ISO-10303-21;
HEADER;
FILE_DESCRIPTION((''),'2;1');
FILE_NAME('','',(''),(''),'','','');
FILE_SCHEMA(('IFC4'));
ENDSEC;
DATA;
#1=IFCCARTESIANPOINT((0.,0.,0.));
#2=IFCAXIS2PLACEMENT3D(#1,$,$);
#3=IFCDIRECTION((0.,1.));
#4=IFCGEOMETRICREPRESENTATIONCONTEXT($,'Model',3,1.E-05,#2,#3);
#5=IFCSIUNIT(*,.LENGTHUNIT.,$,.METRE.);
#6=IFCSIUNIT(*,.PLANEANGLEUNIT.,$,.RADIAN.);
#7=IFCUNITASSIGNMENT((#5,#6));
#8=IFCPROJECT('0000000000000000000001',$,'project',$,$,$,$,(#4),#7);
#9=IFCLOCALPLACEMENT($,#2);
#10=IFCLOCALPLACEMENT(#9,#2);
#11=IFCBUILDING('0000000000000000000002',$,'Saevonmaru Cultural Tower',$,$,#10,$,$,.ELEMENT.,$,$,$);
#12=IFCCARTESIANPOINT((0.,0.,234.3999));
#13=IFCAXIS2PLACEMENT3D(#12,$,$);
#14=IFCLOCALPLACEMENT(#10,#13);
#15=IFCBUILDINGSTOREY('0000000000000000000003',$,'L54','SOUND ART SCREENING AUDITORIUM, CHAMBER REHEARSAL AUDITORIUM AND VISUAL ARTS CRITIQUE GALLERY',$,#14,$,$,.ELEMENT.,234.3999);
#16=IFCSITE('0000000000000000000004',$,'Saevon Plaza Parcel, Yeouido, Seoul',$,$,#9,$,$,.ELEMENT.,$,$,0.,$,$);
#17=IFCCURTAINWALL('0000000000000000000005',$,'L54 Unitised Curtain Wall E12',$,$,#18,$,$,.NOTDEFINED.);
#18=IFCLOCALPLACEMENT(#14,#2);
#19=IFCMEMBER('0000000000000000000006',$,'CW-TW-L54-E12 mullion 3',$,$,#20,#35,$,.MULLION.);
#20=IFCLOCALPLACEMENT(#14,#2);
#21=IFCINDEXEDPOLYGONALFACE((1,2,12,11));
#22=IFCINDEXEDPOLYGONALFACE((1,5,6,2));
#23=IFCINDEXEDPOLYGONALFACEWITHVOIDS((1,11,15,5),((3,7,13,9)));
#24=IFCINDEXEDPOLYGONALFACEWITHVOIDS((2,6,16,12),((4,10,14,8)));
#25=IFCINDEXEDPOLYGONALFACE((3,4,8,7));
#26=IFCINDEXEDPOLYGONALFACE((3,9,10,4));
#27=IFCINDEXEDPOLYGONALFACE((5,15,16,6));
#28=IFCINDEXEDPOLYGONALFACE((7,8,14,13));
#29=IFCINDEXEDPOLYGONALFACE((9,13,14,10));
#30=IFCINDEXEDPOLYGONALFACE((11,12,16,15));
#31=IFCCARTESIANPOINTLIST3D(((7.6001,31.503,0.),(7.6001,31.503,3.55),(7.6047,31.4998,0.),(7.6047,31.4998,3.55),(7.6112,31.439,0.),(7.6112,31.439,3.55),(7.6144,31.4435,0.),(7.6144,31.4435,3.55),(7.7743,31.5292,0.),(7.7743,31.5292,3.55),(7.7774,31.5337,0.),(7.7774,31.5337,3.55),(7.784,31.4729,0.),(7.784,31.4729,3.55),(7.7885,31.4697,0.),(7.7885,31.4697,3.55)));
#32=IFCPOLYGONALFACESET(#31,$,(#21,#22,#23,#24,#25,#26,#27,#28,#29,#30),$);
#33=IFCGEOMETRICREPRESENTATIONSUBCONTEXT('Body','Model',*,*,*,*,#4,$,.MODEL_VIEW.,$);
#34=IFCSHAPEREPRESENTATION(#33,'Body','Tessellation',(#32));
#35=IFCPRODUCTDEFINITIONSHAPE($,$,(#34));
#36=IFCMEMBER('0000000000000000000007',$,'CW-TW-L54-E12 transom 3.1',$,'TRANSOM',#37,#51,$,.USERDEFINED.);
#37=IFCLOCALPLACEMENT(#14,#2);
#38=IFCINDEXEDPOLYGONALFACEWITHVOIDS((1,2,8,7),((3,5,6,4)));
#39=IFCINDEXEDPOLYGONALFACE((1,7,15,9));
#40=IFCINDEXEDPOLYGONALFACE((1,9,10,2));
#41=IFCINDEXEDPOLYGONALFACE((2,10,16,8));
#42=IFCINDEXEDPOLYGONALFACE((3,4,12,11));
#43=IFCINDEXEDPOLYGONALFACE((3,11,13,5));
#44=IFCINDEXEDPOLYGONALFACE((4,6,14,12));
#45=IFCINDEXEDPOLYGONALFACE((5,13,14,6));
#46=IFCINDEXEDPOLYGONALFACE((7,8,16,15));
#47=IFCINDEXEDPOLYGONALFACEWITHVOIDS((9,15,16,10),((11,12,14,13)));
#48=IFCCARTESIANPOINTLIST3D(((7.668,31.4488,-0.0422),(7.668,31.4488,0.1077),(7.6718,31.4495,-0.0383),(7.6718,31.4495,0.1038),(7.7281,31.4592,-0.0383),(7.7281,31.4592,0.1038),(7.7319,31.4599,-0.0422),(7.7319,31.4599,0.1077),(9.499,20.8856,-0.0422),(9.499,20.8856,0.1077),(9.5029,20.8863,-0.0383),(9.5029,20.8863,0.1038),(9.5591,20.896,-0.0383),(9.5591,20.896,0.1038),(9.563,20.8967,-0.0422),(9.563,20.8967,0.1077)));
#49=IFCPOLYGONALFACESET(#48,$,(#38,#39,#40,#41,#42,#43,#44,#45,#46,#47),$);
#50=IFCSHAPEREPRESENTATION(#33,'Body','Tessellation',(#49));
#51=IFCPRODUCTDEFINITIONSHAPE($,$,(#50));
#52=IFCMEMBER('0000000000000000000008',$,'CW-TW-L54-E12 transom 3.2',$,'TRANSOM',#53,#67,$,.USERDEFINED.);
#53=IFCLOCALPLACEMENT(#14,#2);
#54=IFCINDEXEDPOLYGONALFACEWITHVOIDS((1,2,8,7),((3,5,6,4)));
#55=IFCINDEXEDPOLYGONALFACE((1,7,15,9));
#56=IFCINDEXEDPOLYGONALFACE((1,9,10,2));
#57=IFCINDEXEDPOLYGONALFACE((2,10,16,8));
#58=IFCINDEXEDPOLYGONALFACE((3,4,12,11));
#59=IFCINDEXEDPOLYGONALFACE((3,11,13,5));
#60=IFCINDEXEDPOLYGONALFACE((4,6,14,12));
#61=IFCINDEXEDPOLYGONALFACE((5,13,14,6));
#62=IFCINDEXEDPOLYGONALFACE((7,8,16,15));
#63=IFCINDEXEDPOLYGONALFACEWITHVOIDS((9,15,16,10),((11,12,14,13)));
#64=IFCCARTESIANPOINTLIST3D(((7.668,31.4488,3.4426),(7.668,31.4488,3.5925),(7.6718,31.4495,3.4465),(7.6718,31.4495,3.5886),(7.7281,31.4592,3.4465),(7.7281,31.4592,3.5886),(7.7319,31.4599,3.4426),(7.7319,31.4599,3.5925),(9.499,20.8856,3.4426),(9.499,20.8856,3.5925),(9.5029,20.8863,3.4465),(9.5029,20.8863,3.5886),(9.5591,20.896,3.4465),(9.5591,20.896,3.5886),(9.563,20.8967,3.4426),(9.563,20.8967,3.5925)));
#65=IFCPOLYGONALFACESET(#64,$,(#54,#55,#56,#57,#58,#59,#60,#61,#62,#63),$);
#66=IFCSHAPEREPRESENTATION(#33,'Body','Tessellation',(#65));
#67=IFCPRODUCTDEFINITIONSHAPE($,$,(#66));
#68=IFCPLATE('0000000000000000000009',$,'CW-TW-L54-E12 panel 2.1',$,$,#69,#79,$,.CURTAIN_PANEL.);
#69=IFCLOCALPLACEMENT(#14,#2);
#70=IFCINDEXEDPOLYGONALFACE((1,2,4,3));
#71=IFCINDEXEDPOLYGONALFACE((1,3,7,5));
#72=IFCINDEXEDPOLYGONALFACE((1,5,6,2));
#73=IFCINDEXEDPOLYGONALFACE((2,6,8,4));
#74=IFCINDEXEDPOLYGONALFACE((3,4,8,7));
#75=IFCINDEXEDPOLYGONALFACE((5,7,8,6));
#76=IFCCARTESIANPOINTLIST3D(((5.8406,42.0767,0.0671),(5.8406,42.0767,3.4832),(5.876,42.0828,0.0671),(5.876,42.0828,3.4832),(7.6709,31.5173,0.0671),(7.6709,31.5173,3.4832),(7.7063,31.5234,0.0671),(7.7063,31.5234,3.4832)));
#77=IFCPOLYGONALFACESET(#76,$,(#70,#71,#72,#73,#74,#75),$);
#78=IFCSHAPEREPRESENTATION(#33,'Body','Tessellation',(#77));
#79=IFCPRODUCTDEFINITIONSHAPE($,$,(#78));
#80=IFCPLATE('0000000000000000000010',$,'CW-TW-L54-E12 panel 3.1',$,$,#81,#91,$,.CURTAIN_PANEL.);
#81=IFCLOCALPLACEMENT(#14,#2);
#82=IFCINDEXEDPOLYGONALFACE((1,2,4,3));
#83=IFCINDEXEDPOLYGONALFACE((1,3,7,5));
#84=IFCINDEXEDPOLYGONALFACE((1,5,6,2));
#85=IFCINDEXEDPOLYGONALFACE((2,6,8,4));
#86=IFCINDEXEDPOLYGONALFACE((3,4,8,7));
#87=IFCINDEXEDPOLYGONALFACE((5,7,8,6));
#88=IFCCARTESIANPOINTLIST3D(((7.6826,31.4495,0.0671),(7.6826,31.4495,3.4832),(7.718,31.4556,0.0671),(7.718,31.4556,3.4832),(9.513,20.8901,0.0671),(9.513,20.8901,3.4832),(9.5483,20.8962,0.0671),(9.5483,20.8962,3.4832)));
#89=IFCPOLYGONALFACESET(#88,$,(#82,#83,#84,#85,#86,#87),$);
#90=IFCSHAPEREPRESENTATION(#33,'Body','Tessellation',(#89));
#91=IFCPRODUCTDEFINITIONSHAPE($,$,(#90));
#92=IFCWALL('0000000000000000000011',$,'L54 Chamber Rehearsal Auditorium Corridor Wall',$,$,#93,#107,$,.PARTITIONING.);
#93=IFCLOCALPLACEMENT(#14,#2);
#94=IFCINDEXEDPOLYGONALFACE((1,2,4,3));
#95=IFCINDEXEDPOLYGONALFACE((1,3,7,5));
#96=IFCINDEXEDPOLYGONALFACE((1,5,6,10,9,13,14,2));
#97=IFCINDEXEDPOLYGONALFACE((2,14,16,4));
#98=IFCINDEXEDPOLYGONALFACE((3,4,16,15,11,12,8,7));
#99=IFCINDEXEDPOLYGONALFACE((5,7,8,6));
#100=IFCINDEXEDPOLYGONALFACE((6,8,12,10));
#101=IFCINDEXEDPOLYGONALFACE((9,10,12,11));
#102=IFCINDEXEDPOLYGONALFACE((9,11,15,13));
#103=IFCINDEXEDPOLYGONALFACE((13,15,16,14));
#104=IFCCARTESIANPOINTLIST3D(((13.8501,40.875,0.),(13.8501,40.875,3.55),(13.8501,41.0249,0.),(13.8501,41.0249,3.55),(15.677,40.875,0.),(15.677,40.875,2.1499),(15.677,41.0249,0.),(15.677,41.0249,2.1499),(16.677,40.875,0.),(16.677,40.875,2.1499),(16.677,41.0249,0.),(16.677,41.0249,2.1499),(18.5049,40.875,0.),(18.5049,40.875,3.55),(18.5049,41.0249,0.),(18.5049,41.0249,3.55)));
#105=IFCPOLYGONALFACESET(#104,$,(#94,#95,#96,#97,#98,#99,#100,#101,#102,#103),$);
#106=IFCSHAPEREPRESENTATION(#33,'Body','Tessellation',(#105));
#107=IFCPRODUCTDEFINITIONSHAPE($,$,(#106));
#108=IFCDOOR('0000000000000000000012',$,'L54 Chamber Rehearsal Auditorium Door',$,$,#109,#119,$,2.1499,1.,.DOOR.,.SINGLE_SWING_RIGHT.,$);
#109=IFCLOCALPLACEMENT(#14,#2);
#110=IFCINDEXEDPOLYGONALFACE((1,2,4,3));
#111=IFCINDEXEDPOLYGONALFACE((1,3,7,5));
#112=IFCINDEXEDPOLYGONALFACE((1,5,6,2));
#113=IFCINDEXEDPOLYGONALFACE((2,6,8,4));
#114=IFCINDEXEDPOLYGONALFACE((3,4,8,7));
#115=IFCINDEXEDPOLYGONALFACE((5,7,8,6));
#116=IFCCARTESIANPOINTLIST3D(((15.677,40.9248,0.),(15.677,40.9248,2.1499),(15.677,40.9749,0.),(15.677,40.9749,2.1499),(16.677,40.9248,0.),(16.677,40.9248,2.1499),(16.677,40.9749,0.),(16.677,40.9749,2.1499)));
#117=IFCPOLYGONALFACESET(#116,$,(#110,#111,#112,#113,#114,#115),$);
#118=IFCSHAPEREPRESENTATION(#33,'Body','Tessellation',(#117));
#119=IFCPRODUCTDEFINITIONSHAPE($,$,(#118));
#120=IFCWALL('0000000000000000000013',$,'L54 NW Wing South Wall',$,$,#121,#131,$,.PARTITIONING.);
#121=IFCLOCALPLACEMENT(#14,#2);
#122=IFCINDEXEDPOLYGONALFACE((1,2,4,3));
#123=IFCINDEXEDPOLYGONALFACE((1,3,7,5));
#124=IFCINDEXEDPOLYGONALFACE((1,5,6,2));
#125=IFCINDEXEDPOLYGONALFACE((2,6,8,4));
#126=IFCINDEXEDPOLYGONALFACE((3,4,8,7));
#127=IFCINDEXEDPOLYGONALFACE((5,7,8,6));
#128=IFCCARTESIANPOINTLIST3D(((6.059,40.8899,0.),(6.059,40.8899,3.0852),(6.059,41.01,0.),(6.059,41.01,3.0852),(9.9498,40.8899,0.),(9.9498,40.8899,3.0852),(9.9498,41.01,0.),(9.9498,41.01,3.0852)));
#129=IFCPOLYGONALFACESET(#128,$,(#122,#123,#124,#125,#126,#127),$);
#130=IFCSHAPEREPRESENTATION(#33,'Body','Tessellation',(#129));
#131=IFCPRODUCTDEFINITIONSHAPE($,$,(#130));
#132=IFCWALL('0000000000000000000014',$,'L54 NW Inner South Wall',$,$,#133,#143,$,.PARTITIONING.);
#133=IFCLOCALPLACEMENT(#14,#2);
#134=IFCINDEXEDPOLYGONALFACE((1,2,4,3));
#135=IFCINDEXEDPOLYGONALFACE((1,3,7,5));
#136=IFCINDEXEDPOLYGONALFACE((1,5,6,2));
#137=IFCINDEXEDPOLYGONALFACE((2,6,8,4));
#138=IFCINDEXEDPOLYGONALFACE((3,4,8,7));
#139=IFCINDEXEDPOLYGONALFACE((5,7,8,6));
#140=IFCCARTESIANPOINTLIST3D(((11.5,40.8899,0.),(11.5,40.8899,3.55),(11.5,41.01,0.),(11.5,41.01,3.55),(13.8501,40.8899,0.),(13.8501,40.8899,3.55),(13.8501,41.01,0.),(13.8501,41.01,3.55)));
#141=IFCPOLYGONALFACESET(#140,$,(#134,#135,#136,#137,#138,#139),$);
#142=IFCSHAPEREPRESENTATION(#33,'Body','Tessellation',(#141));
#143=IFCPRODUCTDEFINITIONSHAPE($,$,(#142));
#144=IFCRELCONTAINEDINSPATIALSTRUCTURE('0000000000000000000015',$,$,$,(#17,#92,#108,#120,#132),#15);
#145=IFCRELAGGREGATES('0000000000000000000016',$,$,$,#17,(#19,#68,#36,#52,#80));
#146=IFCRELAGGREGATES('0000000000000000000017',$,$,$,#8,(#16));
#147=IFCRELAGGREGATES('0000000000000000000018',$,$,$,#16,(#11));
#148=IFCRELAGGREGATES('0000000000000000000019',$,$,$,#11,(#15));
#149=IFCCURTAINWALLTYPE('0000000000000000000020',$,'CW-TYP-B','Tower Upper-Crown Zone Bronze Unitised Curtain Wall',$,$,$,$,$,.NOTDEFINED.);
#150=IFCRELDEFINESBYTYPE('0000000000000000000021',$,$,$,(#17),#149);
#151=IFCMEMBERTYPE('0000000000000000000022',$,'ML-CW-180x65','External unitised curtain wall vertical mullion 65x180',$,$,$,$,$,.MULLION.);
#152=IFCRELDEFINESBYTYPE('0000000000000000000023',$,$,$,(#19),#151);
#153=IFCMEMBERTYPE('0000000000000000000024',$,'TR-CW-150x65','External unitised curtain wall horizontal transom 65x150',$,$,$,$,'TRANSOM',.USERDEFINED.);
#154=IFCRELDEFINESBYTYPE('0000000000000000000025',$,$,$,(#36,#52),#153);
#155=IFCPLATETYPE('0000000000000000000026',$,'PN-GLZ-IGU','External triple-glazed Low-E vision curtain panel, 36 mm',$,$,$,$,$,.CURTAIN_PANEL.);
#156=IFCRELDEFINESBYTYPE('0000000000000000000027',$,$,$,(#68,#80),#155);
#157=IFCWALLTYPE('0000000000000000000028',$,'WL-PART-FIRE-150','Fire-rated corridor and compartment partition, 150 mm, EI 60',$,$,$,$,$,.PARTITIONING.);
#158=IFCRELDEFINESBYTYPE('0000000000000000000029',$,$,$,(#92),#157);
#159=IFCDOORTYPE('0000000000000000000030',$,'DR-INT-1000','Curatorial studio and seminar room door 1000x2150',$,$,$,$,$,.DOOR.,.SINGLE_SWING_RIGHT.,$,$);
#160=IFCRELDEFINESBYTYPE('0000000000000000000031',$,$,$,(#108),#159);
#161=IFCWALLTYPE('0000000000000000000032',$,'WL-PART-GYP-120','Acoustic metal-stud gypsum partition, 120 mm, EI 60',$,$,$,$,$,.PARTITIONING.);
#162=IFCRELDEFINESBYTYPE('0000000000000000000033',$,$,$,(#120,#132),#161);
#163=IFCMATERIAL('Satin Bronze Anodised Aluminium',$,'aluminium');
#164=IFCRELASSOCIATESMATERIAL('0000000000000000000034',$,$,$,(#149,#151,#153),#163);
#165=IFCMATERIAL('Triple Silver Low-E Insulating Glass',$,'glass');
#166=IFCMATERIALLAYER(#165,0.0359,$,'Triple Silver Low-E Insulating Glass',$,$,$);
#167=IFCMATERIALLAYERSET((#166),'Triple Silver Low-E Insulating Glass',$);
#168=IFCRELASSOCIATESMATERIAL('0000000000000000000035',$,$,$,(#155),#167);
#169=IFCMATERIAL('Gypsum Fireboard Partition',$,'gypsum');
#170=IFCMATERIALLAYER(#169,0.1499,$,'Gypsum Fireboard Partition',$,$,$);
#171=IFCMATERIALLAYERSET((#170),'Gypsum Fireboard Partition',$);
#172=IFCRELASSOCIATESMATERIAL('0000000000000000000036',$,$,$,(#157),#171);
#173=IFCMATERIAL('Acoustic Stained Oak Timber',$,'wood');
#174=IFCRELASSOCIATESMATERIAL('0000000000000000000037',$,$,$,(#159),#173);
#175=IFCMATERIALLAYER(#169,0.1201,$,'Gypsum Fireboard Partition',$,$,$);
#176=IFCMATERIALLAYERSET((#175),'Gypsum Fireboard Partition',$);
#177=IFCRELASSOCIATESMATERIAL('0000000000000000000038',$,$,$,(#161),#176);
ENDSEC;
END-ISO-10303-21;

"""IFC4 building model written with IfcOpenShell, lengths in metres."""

from ifc_helpers import new_model, si_unit, direction, frame, frame_2d, origin, origin_2d, place, context, subcontext, project, spatial, rectangle, hollow_rectangle, extrude, material, layer, layer_set, material_profile, profile_set, type_object, element, fill, aggregate, save


model = new_model("IFC4")

# Units and contexts
model_context = context("Model", 3, precision=1e-05, world=origin(), true_north=direction((0.0, 1.0)))
body_context = subcontext(model_context, "Body", "Model", "MODEL_VIEW")
ifc_project = project(units=[si_unit("LENGTHUNIT", "METRE"), si_unit("PLANEANGLEUNIT", "RADIAN")], contexts=[model_context])

# Site, building, storey
site_placement = place(None, origin())
site = spatial("IfcSite", under=ifc_project, at=site_placement, Name="Saevon Plaza Parcel, Yeouido, Seoul", CompositionType="ELEMENT", RefElevation=0.0)
building_placement = place(site_placement, origin())
building = spatial("IfcBuilding", under=site, at=building_placement, Name="Saevonmaru Cultural Tower", CompositionType="ELEMENT")
storey_placement = place(building_placement, frame((0.0, 0.0, 234.3999)))
storey = spatial("IfcBuildingStorey", under=building, at=storey_placement, Name="L54", Description="SOUND ART SCREENING AUDITORIUM, CHAMBER REHEARSAL AUDITORIUM AND VISUAL ARTS CRITIQUE GALLERY", CompositionType="ELEMENT", Elevation=234.3999)

# Curtain wall, members, plates
ifc_material_1 = material(Name="Satin Bronze Anodised Aluminium", Category="aluminium")
curtain_wall_type = type_object("IfcCurtainWallType", Name="CW-TYP-B", Description="Tower Upper-Crown Zone Bronze Unitised Curtain Wall", PredefinedType="NOTDEFINED", material=ifc_material_1)
curtain_wall_placement = place(storey_placement, origin())
curtain_wall = element("IfcCurtainWall", 1, at=curtain_wall_placement, inside=storey, type_object=curtain_wall_type, Name="L54 Unitised Curtain Wall E12", PredefinedType="NOTDEFINED")
ifc_material_profile_1 = material_profile(ifc_material_1, hollow_rectangle(XDim=0.0649, YDim=0.1799, WallThickness=0.0039, at=origin_2d()), Name="ALU-MULL-180x65x4")
ifc_profile_set_1 = profile_set([ifc_material_profile_1], Name="Satin Bronze Anodised Aluminium")
member_type_1 = type_object("IfcMemberType", Name="ML-CW-180x65", Description="External unitised curtain wall vertical mullion 65x180", PredefinedType="MULLION", material=ifc_profile_set_1)
member_1_placement = place(storey_placement, frame((7.6943, 31.4863, 0.0), z_axis=(0.0, 0.0, 1.0), x_axis=(0.17079, -0.985307, 0.0)))
member_1 = element("IfcMember", 2, at=member_1_placement, type_object=member_type_1, Name="CW-TW-L54-E12 mullion 3", PredefinedType="MULLION", context=body_context, shape_type="SweptSolid", body=[
    extrude(hollow_rectangle(XDim=0.0649, YDim=0.1799, WallThickness=0.0039, at=origin_2d()), origin(), (0.0, 0.0, 1.0), 3.55),
])
ifc_material_profile_2 = material_profile(ifc_material_1, hollow_rectangle(XDim=0.0649, YDim=0.1499, WallThickness=0.0039, at=origin_2d()), Name="ALU-TRAN-150x65x4")
ifc_profile_set_2 = profile_set([ifc_material_profile_2], Name="Satin Bronze Anodised Aluminium")
member_type_2 = type_object("IfcMemberType", Name="TR-CW-150x65", Description="External unitised curtain wall horizontal transom 65x150", ElementType="TRANSOM", PredefinedType="USERDEFINED", material=ifc_profile_set_2)
member_2_placement = place(storey_placement, frame((7.7, 31.4543, 0.0327), z_axis=(0.170795, -0.985307, 0.0), x_axis=(0.985307, 0.170795, 0.0)))
member_2 = element("IfcMember", 3, at=member_2_placement, type_object=member_type_2, Name="CW-TW-L54-E12 transom 3.1", ObjectType="TRANSOM", PredefinedType="USERDEFINED", context=body_context, shape_type="SweptSolid", body=[
    extrude(hollow_rectangle(XDim=0.0649, YDim=0.1499, WallThickness=0.0039, at=origin_2d()), origin(), (0.0, 0.0, 1.0), 10.7207),
])
member_3_placement = place(storey_placement, frame((7.7, 31.4543, 3.5176), z_axis=(0.170795, -0.985307, 0.0), x_axis=(0.985307, 0.170795, 0.0)))
member_3 = element("IfcMember", 4, at=member_3_placement, type_object=member_type_2, Name="CW-TW-L54-E12 transom 3.2", ObjectType="TRANSOM", PredefinedType="USERDEFINED", context=body_context, shape_type="SweptSolid", body=[
    extrude(hollow_rectangle(XDim=0.0649, YDim=0.1499, WallThickness=0.0039, at=origin_2d()), origin(), (0.0, 0.0, 1.0), 10.7207),
])
ifc_material_2 = material(Name="Triple Silver Low-E Insulating Glass", Category="glass")
ifc_layer_1 = layer(ifc_material_2, 0.0359, Name="Triple Silver Low-E Insulating Glass")
ifc_layer_set_1 = layer_set([ifc_layer_1], Name="Triple Silver Low-E Insulating Glass")
plate_type = type_object("IfcPlateType", Name="PN-GLZ-IGU", Description="External triple-glazed Low-E vision curtain panel, 36 mm", PredefinedType="CURTAIN_PANEL", material=ifc_layer_set_1)
plate_1_placement = place(storey_placement, frame((6.7734, 36.8, 0.0671), z_axis=(0.0, 0.0, 1.0), x_axis=(0.17079, -0.985307, 0.0)))
plate_1 = element("IfcPlate", 5, at=plate_1_placement, type_object=plate_type, Name="CW-TW-L54-E12 panel 2.1", PredefinedType="CURTAIN_PANEL", context=body_context, shape_type="SweptSolid", body=[
    extrude(rectangle(XDim=10.7168, YDim=0.0359, at=origin_2d()), origin(), (0.0, 0.0, 1.0), 3.416),
])
plate_2_placement = place(storey_placement, frame((8.6155, 26.1729, 0.0671), z_axis=(0.0, 0.0, 1.0), x_axis=(0.17079, -0.985307, 0.0)))
plate_2 = element("IfcPlate", 6, at=plate_2_placement, type_object=plate_type, Name="CW-TW-L54-E12 panel 3.1", PredefinedType="CURTAIN_PANEL", context=body_context, shape_type="SweptSolid", body=[
    extrude(rectangle(XDim=10.7168, YDim=0.0359, at=origin_2d()), origin(), (0.0, 0.0, 1.0), 3.416),
])
aggregate(curtain_wall, [member_1, plate_1, member_2, member_3, plate_2])

# Wall, opening, door
ifc_material_3 = material(Name="Gypsum Fireboard Partition", Category="gypsum")
ifc_layer_2 = layer(ifc_material_3, 0.1499, Name="Gypsum Fireboard Partition")
ifc_layer_set_2 = layer_set([ifc_layer_2], Name="Gypsum Fireboard Partition")
wall_type_1 = type_object("IfcWallType", Name="WL-PART-FIRE-150", Description="Fire-rated corridor and compartment partition, 150 mm, EI 60", PredefinedType="PARTITIONING", material=ifc_layer_set_2)
wall_1_placement = place(storey_placement, frame((13.8501, 40.95, 0.0), z_axis=(0.0, 0.0, 1.0), x_axis=(1.0, 0.0, 0.0)))
wall_1 = element("IfcWall", 7, at=wall_1_placement, inside=storey, type_object=wall_type_1, Name="L54 Chamber Rehearsal Auditorium Corridor Wall", PredefinedType="PARTITIONING", context=body_context, shape_type="SweptSolid", body=[
    extrude(rectangle(XDim=4.6548, YDim=0.1499, at=frame_2d((2.3274, 0.0))), origin(), (0.0, 0.0, 1.0), 3.55),
])
opening_1_placement = place(wall_1_placement, frame((1.8269, 0.0, 0.0)))
opening_1 = element("IfcOpeningElement", 8, at=opening_1_placement, cuts=wall_1, PredefinedType="OPENING", context=body_context, shape_type="SweptSolid", body=[
    extrude(rectangle(XDim=1.0, YDim=2.1499, at=frame_2d((0.5, 1.075))), frame((0.0, 0.085, 0.0), z_axis=(0.0, -1.0, 0.0), x_axis=(1.0, 0.0, 0.0)), (0.0, 0.0, 1.0), 0.1699),
])
ifc_material_4 = material(Name="Acoustic Stained Oak Timber", Category="wood")
door_type = type_object("IfcDoorType", Name="DR-INT-1000", Description="Curatorial studio and seminar room door 1000x2150", OperationType="SINGLE_SWING_RIGHT", PredefinedType="DOOR", material=ifc_material_4)
door_1_placement = place(opening_1_placement, origin())
door_1 = element("IfcDoor", 9, at=door_1_placement, inside=storey, type_object=door_type, Name="L54 Chamber Rehearsal Auditorium Door", OperationType="SINGLE_SWING_RIGHT", OverallHeight=2.1499, OverallWidth=1.0, PredefinedType="DOOR", context=body_context, shape_type="SweptSolid", body=[
    extrude(rectangle(XDim=1.0, YDim=2.1499, at=frame_2d((0.5, 1.075))), frame((0.0, 0.0249, 0.0), z_axis=(0.0, -1.0, 0.0), x_axis=(1.0, 0.0, 0.0)), (0.0, 0.0, 1.0), 0.05),
])
fill(opening_1, door_1)

# Walls
ifc_layer_3 = layer(ifc_material_3, 0.1201, Name="Gypsum Fireboard Partition")
ifc_layer_set_3 = layer_set([ifc_layer_3], Name="Gypsum Fireboard Partition")
wall_type_2 = type_object("IfcWallType", Name="WL-PART-GYP-120", Description="Acoustic metal-stud gypsum partition, 120 mm, EI 60", PredefinedType="PARTITIONING", material=ifc_layer_set_3)
wall_2_placement = place(storey_placement, frame((6.0591, 40.95, 0.0), z_axis=(0.0, 0.0, 1.0), x_axis=(1.0, 0.0, 0.0)))
element("IfcWall", 10, at=wall_2_placement, inside=storey, type_object=wall_type_2, Name="L54 NW Wing South Wall", PredefinedType="PARTITIONING", context=body_context, shape_type="SweptSolid", body=[
    extrude(rectangle(XDim=3.8909, YDim=0.1201, at=frame_2d((1.9453, 0.0))), origin(), (0.0, 0.0, 1.0), 3.0852),
])
wall_3_placement = place(storey_placement, frame((11.5, 40.95, 0.0), z_axis=(0.0, 0.0, 1.0), x_axis=(1.0, 0.0, 0.0)))
element("IfcWall", 11, at=wall_3_placement, inside=storey, type_object=wall_type_2, Name="L54 NW Inner South Wall", PredefinedType="PARTITIONING", context=body_context, shape_type="SweptSolid", body=[
    extrude(rectangle(XDim=2.3501, YDim=0.1201, at=frame_2d((1.175, 0.0))), origin(), (0.0, 0.0, 1.0), 3.55),
])

save(model, "model.ifc")
